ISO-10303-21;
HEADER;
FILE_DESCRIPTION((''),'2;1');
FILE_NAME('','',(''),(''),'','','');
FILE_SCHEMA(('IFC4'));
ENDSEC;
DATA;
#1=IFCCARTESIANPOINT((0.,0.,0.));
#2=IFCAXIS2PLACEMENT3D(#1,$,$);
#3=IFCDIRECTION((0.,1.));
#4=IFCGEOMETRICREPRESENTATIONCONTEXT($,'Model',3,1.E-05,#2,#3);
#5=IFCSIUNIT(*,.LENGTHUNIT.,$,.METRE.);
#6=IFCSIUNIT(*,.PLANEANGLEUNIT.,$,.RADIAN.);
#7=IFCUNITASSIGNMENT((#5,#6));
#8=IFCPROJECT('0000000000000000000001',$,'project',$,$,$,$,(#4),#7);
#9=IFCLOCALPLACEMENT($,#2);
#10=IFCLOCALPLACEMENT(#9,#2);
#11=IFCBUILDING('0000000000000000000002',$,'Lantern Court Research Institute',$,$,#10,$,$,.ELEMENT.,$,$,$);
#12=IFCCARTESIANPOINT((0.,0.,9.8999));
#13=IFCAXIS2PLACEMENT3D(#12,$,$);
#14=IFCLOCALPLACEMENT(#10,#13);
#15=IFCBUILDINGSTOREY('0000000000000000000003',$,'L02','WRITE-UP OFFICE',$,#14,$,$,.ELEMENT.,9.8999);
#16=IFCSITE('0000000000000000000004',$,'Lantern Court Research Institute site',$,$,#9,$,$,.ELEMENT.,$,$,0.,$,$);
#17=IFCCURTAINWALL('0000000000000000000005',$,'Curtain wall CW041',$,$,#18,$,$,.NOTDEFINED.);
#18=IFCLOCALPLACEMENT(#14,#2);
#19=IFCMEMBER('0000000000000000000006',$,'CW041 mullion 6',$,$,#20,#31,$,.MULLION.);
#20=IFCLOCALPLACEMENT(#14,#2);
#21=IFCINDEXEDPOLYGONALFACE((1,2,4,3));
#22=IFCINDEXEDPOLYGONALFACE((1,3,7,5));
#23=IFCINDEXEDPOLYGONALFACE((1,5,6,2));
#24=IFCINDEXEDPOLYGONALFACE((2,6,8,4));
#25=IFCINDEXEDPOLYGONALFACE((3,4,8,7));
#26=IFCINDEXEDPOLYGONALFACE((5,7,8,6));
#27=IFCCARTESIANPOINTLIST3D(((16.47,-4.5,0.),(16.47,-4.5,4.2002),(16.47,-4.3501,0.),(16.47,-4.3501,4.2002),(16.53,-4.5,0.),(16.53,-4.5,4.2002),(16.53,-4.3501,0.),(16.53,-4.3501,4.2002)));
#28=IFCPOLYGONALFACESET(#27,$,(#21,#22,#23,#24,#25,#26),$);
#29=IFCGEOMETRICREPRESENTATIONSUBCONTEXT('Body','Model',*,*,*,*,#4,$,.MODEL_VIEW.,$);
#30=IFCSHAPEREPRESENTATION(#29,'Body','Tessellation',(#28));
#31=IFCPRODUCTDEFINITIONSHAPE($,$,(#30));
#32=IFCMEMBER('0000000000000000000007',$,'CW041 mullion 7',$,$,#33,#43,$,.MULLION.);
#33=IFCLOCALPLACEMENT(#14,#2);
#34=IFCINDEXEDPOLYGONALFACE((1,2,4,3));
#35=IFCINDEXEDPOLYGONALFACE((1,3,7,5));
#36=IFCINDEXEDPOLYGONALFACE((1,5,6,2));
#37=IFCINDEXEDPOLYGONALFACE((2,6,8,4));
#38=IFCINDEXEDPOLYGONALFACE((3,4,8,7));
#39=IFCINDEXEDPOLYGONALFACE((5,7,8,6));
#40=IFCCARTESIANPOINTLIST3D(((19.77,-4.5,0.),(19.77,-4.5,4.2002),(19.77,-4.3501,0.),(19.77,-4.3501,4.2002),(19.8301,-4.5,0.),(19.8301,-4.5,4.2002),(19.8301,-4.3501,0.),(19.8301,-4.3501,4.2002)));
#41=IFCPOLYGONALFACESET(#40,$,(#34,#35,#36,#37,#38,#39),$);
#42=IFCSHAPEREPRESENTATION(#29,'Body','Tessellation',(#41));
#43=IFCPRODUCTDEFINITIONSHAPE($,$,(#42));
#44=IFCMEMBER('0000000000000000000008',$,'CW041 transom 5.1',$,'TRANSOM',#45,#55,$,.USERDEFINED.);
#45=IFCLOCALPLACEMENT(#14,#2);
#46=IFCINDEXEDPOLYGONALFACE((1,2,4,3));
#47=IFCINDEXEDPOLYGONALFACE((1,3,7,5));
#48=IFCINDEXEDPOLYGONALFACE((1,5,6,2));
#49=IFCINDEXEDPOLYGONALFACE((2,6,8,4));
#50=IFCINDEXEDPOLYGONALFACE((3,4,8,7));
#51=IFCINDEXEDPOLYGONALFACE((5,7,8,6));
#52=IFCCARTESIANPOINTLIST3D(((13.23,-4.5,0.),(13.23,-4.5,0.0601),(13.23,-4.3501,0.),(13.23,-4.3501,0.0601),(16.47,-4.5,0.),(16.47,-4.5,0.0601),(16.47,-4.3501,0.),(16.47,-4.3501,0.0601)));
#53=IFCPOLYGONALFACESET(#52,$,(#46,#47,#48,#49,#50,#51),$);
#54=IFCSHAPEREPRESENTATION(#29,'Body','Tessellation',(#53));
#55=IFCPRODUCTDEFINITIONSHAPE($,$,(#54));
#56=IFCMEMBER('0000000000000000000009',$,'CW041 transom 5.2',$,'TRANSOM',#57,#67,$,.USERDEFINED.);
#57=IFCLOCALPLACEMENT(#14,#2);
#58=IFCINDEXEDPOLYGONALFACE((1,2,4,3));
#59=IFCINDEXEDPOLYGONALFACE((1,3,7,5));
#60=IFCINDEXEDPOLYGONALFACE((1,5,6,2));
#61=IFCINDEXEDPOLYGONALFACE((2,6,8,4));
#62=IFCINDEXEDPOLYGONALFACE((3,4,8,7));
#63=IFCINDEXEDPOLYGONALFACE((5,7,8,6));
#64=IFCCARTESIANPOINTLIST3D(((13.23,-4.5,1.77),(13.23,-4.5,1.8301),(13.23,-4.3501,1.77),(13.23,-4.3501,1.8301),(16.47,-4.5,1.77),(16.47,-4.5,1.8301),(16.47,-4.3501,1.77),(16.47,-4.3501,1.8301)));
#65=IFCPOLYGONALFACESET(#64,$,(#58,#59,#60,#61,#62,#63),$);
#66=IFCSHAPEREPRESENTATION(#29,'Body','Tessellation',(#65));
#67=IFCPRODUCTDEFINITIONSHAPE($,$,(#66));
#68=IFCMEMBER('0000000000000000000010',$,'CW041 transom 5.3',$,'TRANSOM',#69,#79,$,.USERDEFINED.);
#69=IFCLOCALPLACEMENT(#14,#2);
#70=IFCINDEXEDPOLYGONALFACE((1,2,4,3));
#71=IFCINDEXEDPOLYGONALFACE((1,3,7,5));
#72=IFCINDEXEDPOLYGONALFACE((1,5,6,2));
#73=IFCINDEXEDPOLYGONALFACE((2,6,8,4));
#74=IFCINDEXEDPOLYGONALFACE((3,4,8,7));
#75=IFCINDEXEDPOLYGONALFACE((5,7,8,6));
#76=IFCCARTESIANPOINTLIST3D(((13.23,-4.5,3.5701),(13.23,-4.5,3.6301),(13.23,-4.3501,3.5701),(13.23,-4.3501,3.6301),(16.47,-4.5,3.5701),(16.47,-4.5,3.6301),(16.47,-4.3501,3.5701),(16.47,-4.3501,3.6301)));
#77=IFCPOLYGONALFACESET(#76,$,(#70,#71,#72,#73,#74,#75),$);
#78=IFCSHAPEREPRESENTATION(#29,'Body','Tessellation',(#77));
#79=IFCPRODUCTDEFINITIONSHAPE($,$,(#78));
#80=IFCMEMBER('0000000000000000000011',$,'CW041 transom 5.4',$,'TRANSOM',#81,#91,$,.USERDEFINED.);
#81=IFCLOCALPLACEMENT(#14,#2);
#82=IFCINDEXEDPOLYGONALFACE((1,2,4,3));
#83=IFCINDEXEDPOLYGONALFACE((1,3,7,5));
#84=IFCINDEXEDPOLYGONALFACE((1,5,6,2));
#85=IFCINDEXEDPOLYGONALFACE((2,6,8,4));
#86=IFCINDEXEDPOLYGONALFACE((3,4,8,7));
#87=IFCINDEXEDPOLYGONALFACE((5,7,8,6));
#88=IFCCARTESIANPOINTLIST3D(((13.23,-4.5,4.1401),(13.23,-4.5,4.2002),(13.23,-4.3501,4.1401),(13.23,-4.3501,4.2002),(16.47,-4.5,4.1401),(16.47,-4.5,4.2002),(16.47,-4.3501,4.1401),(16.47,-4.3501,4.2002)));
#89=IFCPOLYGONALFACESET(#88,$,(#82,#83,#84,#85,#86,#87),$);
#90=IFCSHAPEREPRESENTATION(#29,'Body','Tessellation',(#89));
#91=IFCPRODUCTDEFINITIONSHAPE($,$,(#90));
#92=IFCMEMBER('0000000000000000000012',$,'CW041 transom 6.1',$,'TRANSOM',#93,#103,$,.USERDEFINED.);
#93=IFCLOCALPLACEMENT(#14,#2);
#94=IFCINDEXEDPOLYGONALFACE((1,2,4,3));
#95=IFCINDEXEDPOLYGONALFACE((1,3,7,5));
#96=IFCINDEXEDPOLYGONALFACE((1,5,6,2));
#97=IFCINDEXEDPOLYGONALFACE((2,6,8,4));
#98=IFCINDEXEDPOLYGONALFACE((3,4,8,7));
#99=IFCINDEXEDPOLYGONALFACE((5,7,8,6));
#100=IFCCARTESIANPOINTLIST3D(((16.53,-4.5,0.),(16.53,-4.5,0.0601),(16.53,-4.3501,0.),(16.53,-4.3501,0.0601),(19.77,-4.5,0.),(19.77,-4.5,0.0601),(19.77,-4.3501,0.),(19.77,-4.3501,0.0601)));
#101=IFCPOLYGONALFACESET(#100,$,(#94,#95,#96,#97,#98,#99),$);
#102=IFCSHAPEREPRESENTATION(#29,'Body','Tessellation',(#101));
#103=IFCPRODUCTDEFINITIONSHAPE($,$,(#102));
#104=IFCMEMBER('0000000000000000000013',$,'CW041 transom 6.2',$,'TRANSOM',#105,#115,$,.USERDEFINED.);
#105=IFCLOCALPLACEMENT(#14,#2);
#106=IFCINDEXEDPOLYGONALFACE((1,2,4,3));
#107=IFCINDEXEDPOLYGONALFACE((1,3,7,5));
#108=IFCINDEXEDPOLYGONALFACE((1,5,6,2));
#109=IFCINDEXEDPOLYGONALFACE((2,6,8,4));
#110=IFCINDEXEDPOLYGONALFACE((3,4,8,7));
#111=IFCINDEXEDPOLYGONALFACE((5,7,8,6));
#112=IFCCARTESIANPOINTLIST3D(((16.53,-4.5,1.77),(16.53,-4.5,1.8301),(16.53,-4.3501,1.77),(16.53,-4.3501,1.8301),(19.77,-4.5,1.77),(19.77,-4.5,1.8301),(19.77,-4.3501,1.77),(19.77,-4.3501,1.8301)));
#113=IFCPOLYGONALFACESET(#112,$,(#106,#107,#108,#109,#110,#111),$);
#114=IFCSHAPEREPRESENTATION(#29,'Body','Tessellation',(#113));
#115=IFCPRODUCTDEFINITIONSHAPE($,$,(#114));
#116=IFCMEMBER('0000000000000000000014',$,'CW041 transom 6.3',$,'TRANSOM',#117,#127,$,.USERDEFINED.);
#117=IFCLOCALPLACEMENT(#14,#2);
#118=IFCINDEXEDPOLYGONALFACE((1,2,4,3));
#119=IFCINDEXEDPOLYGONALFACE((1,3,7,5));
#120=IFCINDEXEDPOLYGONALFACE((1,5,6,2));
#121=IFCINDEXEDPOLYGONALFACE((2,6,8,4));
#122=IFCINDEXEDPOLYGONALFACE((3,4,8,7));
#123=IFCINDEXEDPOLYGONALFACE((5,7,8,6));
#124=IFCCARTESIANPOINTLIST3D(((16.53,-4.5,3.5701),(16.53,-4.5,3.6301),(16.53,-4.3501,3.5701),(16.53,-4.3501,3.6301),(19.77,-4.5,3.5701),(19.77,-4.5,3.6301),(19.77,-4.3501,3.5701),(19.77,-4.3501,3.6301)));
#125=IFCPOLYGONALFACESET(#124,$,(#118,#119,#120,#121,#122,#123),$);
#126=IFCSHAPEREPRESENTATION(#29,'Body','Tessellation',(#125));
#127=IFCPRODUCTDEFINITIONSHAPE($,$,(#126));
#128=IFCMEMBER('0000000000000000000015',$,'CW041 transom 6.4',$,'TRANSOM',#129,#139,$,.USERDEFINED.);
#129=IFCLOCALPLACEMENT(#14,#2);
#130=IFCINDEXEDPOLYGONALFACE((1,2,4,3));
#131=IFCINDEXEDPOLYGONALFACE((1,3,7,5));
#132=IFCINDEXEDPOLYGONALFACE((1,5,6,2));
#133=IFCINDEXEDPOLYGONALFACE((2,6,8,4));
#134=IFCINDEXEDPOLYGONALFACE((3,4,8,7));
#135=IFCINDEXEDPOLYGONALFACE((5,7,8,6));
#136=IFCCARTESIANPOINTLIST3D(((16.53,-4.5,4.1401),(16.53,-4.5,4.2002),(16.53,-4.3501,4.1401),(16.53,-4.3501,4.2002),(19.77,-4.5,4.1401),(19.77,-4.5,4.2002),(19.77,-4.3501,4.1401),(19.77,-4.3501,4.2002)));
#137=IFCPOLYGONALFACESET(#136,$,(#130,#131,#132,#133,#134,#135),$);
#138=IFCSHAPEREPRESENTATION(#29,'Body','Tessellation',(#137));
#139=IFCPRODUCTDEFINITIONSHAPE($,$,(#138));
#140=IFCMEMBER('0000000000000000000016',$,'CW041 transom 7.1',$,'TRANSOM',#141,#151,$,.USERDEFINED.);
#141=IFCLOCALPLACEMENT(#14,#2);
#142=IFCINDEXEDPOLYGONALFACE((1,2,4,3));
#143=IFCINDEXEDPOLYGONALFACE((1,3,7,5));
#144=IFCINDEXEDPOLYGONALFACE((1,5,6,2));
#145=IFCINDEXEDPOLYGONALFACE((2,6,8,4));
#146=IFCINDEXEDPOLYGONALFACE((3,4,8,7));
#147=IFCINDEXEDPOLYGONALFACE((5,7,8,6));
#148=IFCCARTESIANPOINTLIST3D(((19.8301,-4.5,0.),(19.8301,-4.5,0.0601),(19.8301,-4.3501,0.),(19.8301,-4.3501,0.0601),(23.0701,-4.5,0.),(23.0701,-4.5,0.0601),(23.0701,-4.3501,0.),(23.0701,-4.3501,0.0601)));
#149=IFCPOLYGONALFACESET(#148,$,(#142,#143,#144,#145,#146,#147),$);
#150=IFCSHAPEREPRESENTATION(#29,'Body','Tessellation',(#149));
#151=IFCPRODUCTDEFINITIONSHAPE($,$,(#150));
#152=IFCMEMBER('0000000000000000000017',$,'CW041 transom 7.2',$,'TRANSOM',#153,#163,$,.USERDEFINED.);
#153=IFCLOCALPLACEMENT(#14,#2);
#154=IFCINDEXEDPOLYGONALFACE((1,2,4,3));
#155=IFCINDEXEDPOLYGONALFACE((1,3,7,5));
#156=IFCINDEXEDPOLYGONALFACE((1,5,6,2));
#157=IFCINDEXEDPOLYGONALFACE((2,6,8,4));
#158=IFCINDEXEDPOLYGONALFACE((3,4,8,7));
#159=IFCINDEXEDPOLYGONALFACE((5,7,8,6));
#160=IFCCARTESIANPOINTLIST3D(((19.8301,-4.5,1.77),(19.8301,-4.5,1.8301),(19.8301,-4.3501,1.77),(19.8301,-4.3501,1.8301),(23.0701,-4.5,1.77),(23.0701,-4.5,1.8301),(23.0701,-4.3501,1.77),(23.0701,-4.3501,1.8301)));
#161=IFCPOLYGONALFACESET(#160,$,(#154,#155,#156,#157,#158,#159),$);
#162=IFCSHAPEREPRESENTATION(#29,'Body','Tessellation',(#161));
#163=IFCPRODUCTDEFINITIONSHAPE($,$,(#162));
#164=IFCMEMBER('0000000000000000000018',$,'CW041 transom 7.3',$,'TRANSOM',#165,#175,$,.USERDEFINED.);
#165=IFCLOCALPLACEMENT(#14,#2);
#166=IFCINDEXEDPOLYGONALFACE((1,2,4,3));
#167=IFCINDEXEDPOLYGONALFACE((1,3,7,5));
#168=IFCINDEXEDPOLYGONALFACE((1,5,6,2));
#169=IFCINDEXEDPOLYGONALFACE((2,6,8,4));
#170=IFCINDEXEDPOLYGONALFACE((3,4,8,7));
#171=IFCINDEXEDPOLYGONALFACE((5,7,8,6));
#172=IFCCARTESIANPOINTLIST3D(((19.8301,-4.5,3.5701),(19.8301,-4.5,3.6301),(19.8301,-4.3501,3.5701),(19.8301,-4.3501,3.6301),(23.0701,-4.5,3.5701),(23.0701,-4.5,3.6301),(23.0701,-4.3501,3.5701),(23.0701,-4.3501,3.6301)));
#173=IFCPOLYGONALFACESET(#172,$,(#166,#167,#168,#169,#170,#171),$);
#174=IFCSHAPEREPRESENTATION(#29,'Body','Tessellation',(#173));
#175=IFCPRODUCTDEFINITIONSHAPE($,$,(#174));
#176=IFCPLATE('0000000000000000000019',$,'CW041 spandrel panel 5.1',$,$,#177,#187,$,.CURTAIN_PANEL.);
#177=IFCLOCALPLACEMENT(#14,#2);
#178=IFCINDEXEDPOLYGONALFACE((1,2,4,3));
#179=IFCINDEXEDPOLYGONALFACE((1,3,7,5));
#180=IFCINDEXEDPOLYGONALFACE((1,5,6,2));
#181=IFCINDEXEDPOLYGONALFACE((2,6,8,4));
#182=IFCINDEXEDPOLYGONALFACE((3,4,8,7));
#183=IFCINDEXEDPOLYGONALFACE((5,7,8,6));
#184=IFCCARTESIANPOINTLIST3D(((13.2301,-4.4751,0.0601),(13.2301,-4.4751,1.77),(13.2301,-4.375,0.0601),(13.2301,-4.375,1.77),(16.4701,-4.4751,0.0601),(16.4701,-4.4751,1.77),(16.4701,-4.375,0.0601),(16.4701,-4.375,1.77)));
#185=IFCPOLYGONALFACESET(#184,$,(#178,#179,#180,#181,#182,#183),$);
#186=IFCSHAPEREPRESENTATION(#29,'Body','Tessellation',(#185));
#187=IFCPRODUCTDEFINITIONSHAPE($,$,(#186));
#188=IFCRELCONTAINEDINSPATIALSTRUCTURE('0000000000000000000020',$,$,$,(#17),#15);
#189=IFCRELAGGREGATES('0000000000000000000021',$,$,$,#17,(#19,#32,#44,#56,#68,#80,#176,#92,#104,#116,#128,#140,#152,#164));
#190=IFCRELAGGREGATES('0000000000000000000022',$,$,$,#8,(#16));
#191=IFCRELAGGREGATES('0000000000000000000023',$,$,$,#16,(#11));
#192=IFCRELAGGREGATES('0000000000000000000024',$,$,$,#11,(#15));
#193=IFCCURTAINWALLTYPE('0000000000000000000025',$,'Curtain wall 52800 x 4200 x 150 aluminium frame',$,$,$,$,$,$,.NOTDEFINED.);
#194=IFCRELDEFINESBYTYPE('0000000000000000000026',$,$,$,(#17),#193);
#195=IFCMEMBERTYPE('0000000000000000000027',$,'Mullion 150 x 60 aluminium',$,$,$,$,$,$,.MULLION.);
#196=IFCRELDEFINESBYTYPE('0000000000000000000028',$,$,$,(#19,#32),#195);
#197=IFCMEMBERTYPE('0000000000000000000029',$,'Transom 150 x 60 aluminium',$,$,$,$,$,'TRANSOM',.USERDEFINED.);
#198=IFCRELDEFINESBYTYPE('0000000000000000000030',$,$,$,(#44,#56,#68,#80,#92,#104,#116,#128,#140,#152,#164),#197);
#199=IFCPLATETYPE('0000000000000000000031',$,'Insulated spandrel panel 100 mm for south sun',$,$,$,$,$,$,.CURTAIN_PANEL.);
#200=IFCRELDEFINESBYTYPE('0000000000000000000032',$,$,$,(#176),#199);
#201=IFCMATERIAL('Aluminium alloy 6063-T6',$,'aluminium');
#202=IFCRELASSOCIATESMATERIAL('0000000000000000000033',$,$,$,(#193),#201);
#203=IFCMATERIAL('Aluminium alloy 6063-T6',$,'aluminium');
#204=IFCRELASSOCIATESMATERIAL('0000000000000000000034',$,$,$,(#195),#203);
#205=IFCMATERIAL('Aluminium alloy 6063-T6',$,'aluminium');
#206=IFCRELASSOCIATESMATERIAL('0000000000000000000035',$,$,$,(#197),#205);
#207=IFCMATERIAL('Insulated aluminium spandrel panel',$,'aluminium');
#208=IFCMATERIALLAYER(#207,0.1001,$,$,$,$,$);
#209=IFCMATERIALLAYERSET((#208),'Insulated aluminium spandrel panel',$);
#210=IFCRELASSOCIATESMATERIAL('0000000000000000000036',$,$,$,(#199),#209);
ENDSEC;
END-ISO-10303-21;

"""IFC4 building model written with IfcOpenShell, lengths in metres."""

from ifc_helpers import new_model, si_unit, direction, frame, origin, origin_2d, place, context, subcontext, project, spatial, rectangle, extrude, material, layer, layer_set, material_profile, profile_set, type_object, element, aggregate, save


model = new_model("IFC4")

# Units and contexts
model_context = context("Model", 3, precision=1e-05, world=origin(), true_north=direction((0.0, 1.0)))
body_context = subcontext(model_context, "Body", "Model", "MODEL_VIEW")
ifc_project = project(units=[si_unit("LENGTHUNIT", "METRE"), si_unit("PLANEANGLEUNIT", "RADIAN")], contexts=[model_context])

# Site, building, storey
site_placement = place(None, origin())
site = spatial("IfcSite", under=ifc_project, at=site_placement, Name="Lantern Court Research Institute site", CompositionType="ELEMENT", RefElevation=0.0)
building_placement = place(site_placement, origin())
building = spatial("IfcBuilding", under=site, at=building_placement, Name="Lantern Court Research Institute", CompositionType="ELEMENT")
storey_placement = place(building_placement, frame((0.0, 0.0, 9.8999)))
storey = spatial("IfcBuildingStorey", under=building, at=storey_placement, Name="L02", Description="WRITE-UP OFFICE", CompositionType="ELEMENT", Elevation=9.8999)

# Curtain wall, members, plate
ifc_material_1 = material(Name="Aluminium alloy 6063-T6", Category="aluminium")
curtain_wall_type = type_object("IfcCurtainWallType", Name="Curtain wall 52800 x 4200 x 150 aluminium frame", PredefinedType="NOTDEFINED", material=ifc_material_1)
curtain_wall_placement = place(storey_placement, origin())
curtain_wall = element("IfcCurtainWall", 1, at=curtain_wall_placement, inside=storey, type_object=curtain_wall_type, Name="Curtain wall CW041", PredefinedType="NOTDEFINED")
ifc_material_2 = material(Name="Aluminium alloy 6063-T6", Category="aluminium")
ifc_material_profile_1 = material_profile(ifc_material_2, rectangle(XDim=0.1499, YDim=0.0601, at=origin_2d()), Name="Mullion 150 x 60")
ifc_profile_set_1 = profile_set([ifc_material_profile_1], Name="Aluminium alloy 6063-T6")
member_type_1 = type_object("IfcMemberType", Name="Mullion 150 x 60 aluminium", PredefinedType="MULLION", material=ifc_profile_set_1)
member_1_placement = place(storey_placement, frame((16.5, -4.425, 0.0), z_axis=(0.0, 0.0, 1.0), x_axis=(0.0, -1.0, 0.0)))
member_1 = element("IfcMember", 2, at=member_1_placement, type_object=member_type_1, Name="CW041 mullion 6", PredefinedType="MULLION", context=body_context, shape_type="SweptSolid", body=[
    extrude(rectangle(XDim=0.1499, YDim=0.0601, at=origin_2d()), origin(), (0.0, 0.0, 1.0), 4.2002),
])
member_2_placement = place(storey_placement, frame((19.8, -4.425, 0.0), z_axis=(0.0, 0.0, 1.0), x_axis=(0.0, -1.0, 0.0)))
member_2 = element("IfcMember", 3, at=member_2_placement, type_object=member_type_1, Name="CW041 mullion 7", PredefinedType="MULLION", context=body_context, shape_type="SweptSolid", body=[
    extrude(rectangle(XDim=0.1499, YDim=0.0601, at=origin_2d()), origin(), (0.0, 0.0, 1.0), 4.2002),
])
ifc_material_3 = material(Name="Aluminium alloy 6063-T6", Category="aluminium")
ifc_material_profile_2 = material_profile(ifc_material_3, rectangle(XDim=0.1499, YDim=0.0601, at=origin_2d()), Name="Transom 150 x 60")
ifc_profile_set_2 = profile_set([ifc_material_profile_2], Name="Aluminium alloy 6063-T6")
member_type_2 = type_object("IfcMemberType", Name="Transom 150 x 60 aluminium", ElementType="TRANSOM", PredefinedType="USERDEFINED", material=ifc_profile_set_2)
member_3_placement = place(storey_placement, frame((16.47, -4.425, 0.03), z_axis=(-1.0, 0.0, 0.0), x_axis=(0.0, -1.0, 0.0)))
member_3 = element("IfcMember", 4, at=member_3_placement, type_object=member_type_2, Name="CW041 transom 5.1", ObjectType="TRANSOM", PredefinedType="USERDEFINED", context=body_context, shape_type="SweptSolid", body=[
    extrude(rectangle(XDim=0.1499, YDim=0.0601, at=origin_2d()), origin(), (0.0, 0.0, 1.0), 3.24),
])
member_4_placement = place(storey_placement, frame((16.47, -4.425, 1.8), z_axis=(-1.0, 0.0, 0.0), x_axis=(0.0, -1.0, 0.0)))
member_4 = element("IfcMember", 5, at=member_4_placement, type_object=member_type_2, Name="CW041 transom 5.2", ObjectType="TRANSOM", PredefinedType="USERDEFINED", context=body_context, shape_type="SweptSolid", body=[
    extrude(rectangle(XDim=0.1499, YDim=0.0601, at=origin_2d()), origin(), (0.0, 0.0, 1.0), 3.24),
])
member_5_placement = place(storey_placement, frame((16.47, -4.425, 3.6001), z_axis=(-1.0, 0.0, 0.0), x_axis=(0.0, -1.0, 0.0)))
member_5 = element("IfcMember", 6, at=member_5_placement, type_object=member_type_2, Name="CW041 transom 5.3", ObjectType="TRANSOM", PredefinedType="USERDEFINED", context=body_context, shape_type="SweptSolid", body=[
    extrude(rectangle(XDim=0.1499, YDim=0.0601, at=origin_2d()), origin(), (0.0, 0.0, 1.0), 3.24),
])
member_6_placement = place(storey_placement, frame((16.47, -4.425, 4.1702), z_axis=(-1.0, 0.0, 0.0), x_axis=(0.0, -1.0, 0.0)))
member_6 = element("IfcMember", 7, at=member_6_placement, type_object=member_type_2, Name="CW041 transom 5.4", ObjectType="TRANSOM", PredefinedType="USERDEFINED", context=body_context, shape_type="SweptSolid", body=[
    extrude(rectangle(XDim=0.1499, YDim=0.0601, at=origin_2d()), origin(), (0.0, 0.0, 1.0), 3.24),
])
member_7_placement = place(storey_placement, frame((19.77, -4.425, 0.03), z_axis=(-1.0, 0.0, 0.0), x_axis=(0.0, -1.0, 0.0)))
member_7 = element("IfcMember", 8, at=member_7_placement, type_object=member_type_2, Name="CW041 transom 6.1", ObjectType="TRANSOM", PredefinedType="USERDEFINED", context=body_context, shape_type="SweptSolid", body=[
    extrude(rectangle(XDim=0.1499, YDim=0.0601, at=origin_2d()), origin(), (0.0, 0.0, 1.0), 3.24),
])
member_8_placement = place(storey_placement, frame((19.77, -4.425, 1.8), z_axis=(-1.0, 0.0, 0.0), x_axis=(0.0, -1.0, 0.0)))
member_8 = element("IfcMember", 9, at=member_8_placement, type_object=member_type_2, Name="CW041 transom 6.2", ObjectType="TRANSOM", PredefinedType="USERDEFINED", context=body_context, shape_type="SweptSolid", body=[
    extrude(rectangle(XDim=0.1499, YDim=0.0601, at=origin_2d()), origin(), (0.0, 0.0, 1.0), 3.24),
])
member_9_placement = place(storey_placement, frame((19.77, -4.425, 3.6001), z_axis=(-1.0, 0.0, 0.0), x_axis=(0.0, -1.0, 0.0)))
member_9 = element("IfcMember", 10, at=member_9_placement, type_object=member_type_2, Name="CW041 transom 6.3", ObjectType="TRANSOM", PredefinedType="USERDEFINED", context=body_context, shape_type="SweptSolid", body=[
    extrude(rectangle(XDim=0.1499, YDim=0.0601, at=origin_2d()), origin(), (0.0, 0.0, 1.0), 3.24),
])
member_10_placement = place(storey_placement, frame((19.77, -4.425, 4.1702), z_axis=(-1.0, 0.0, 0.0), x_axis=(0.0, -1.0, 0.0)))
member_10 = element("IfcMember", 11, at=member_10_placement, type_object=member_type_2, Name="CW041 transom 6.4", ObjectType="TRANSOM", PredefinedType="USERDEFINED", context=body_context, shape_type="SweptSolid", body=[
    extrude(rectangle(XDim=0.1499, YDim=0.0601, at=origin_2d()), origin(), (0.0, 0.0, 1.0), 3.24),
])
member_11_placement = place(storey_placement, frame((23.0701, -4.425, 0.03), z_axis=(-1.0, 0.0, 0.0), x_axis=(0.0, -1.0, 0.0)))
member_11 = element("IfcMember", 12, at=member_11_placement, type_object=member_type_2, Name="CW041 transom 7.1", ObjectType="TRANSOM", PredefinedType="USERDEFINED", context=body_context, shape_type="SweptSolid", body=[
    extrude(rectangle(XDim=0.1499, YDim=0.0601, at=origin_2d()), origin(), (0.0, 0.0, 1.0), 3.24),
])
member_12_placement = place(storey_placement, frame((23.0701, -4.425, 1.8), z_axis=(-1.0, 0.0, 0.0), x_axis=(0.0, -1.0, 0.0)))
member_12 = element("IfcMember", 13, at=member_12_placement, type_object=member_type_2, Name="CW041 transom 7.2", ObjectType="TRANSOM", PredefinedType="USERDEFINED", context=body_context, shape_type="SweptSolid", body=[
    extrude(rectangle(XDim=0.1499, YDim=0.0601, at=origin_2d()), origin(), (0.0, 0.0, 1.0), 3.24),
])
member_13_placement = place(storey_placement, frame((23.0701, -4.425, 3.6001), z_axis=(-1.0, 0.0, 0.0), x_axis=(0.0, -1.0, 0.0)))
member_13 = element("IfcMember", 14, at=member_13_placement, type_object=member_type_2, Name="CW041 transom 7.3", ObjectType="TRANSOM", PredefinedType="USERDEFINED", context=body_context, shape_type="SweptSolid", body=[
    extrude(rectangle(XDim=0.1499, YDim=0.0601, at=origin_2d()), origin(), (0.0, 0.0, 1.0), 3.24),
])
ifc_material_4 = material(Name="Insulated aluminium spandrel panel", Category="aluminium")
ifc_layer_1 = layer(ifc_material_4, 0.1001)
ifc_layer_set_1 = layer_set([ifc_layer_1], Name="Insulated aluminium spandrel panel")
plate_type_1 = type_object("IfcPlateType", Name="Insulated spandrel panel 100 mm for south sun", PredefinedType="CURTAIN_PANEL", material=ifc_layer_set_1)
plate_1_placement = place(storey_placement, frame((14.8501, -4.425, 0.0601), z_axis=(0.0, 0.0, 1.0), x_axis=(-1.0, 0.0, 0.0)))
plate_1 = element("IfcPlate", 15, at=plate_1_placement, type_object=plate_type_1, Name="CW041 spandrel panel 5.1", PredefinedType="CURTAIN_PANEL", context=body_context, shape_type="SweptSolid", body=[
    extrude(rectangle(XDim=3.24, YDim=0.1001, at=origin_2d()), origin(), (0.0, 0.0, 1.0), 1.71),
])
aggregate(curtain_wall, [member_1, member_2, member_3, member_4, member_5, member_6, plate_1, member_7, member_8, member_9, member_10, member_11, member_12, member_13])

save(model, "model.ifc")
